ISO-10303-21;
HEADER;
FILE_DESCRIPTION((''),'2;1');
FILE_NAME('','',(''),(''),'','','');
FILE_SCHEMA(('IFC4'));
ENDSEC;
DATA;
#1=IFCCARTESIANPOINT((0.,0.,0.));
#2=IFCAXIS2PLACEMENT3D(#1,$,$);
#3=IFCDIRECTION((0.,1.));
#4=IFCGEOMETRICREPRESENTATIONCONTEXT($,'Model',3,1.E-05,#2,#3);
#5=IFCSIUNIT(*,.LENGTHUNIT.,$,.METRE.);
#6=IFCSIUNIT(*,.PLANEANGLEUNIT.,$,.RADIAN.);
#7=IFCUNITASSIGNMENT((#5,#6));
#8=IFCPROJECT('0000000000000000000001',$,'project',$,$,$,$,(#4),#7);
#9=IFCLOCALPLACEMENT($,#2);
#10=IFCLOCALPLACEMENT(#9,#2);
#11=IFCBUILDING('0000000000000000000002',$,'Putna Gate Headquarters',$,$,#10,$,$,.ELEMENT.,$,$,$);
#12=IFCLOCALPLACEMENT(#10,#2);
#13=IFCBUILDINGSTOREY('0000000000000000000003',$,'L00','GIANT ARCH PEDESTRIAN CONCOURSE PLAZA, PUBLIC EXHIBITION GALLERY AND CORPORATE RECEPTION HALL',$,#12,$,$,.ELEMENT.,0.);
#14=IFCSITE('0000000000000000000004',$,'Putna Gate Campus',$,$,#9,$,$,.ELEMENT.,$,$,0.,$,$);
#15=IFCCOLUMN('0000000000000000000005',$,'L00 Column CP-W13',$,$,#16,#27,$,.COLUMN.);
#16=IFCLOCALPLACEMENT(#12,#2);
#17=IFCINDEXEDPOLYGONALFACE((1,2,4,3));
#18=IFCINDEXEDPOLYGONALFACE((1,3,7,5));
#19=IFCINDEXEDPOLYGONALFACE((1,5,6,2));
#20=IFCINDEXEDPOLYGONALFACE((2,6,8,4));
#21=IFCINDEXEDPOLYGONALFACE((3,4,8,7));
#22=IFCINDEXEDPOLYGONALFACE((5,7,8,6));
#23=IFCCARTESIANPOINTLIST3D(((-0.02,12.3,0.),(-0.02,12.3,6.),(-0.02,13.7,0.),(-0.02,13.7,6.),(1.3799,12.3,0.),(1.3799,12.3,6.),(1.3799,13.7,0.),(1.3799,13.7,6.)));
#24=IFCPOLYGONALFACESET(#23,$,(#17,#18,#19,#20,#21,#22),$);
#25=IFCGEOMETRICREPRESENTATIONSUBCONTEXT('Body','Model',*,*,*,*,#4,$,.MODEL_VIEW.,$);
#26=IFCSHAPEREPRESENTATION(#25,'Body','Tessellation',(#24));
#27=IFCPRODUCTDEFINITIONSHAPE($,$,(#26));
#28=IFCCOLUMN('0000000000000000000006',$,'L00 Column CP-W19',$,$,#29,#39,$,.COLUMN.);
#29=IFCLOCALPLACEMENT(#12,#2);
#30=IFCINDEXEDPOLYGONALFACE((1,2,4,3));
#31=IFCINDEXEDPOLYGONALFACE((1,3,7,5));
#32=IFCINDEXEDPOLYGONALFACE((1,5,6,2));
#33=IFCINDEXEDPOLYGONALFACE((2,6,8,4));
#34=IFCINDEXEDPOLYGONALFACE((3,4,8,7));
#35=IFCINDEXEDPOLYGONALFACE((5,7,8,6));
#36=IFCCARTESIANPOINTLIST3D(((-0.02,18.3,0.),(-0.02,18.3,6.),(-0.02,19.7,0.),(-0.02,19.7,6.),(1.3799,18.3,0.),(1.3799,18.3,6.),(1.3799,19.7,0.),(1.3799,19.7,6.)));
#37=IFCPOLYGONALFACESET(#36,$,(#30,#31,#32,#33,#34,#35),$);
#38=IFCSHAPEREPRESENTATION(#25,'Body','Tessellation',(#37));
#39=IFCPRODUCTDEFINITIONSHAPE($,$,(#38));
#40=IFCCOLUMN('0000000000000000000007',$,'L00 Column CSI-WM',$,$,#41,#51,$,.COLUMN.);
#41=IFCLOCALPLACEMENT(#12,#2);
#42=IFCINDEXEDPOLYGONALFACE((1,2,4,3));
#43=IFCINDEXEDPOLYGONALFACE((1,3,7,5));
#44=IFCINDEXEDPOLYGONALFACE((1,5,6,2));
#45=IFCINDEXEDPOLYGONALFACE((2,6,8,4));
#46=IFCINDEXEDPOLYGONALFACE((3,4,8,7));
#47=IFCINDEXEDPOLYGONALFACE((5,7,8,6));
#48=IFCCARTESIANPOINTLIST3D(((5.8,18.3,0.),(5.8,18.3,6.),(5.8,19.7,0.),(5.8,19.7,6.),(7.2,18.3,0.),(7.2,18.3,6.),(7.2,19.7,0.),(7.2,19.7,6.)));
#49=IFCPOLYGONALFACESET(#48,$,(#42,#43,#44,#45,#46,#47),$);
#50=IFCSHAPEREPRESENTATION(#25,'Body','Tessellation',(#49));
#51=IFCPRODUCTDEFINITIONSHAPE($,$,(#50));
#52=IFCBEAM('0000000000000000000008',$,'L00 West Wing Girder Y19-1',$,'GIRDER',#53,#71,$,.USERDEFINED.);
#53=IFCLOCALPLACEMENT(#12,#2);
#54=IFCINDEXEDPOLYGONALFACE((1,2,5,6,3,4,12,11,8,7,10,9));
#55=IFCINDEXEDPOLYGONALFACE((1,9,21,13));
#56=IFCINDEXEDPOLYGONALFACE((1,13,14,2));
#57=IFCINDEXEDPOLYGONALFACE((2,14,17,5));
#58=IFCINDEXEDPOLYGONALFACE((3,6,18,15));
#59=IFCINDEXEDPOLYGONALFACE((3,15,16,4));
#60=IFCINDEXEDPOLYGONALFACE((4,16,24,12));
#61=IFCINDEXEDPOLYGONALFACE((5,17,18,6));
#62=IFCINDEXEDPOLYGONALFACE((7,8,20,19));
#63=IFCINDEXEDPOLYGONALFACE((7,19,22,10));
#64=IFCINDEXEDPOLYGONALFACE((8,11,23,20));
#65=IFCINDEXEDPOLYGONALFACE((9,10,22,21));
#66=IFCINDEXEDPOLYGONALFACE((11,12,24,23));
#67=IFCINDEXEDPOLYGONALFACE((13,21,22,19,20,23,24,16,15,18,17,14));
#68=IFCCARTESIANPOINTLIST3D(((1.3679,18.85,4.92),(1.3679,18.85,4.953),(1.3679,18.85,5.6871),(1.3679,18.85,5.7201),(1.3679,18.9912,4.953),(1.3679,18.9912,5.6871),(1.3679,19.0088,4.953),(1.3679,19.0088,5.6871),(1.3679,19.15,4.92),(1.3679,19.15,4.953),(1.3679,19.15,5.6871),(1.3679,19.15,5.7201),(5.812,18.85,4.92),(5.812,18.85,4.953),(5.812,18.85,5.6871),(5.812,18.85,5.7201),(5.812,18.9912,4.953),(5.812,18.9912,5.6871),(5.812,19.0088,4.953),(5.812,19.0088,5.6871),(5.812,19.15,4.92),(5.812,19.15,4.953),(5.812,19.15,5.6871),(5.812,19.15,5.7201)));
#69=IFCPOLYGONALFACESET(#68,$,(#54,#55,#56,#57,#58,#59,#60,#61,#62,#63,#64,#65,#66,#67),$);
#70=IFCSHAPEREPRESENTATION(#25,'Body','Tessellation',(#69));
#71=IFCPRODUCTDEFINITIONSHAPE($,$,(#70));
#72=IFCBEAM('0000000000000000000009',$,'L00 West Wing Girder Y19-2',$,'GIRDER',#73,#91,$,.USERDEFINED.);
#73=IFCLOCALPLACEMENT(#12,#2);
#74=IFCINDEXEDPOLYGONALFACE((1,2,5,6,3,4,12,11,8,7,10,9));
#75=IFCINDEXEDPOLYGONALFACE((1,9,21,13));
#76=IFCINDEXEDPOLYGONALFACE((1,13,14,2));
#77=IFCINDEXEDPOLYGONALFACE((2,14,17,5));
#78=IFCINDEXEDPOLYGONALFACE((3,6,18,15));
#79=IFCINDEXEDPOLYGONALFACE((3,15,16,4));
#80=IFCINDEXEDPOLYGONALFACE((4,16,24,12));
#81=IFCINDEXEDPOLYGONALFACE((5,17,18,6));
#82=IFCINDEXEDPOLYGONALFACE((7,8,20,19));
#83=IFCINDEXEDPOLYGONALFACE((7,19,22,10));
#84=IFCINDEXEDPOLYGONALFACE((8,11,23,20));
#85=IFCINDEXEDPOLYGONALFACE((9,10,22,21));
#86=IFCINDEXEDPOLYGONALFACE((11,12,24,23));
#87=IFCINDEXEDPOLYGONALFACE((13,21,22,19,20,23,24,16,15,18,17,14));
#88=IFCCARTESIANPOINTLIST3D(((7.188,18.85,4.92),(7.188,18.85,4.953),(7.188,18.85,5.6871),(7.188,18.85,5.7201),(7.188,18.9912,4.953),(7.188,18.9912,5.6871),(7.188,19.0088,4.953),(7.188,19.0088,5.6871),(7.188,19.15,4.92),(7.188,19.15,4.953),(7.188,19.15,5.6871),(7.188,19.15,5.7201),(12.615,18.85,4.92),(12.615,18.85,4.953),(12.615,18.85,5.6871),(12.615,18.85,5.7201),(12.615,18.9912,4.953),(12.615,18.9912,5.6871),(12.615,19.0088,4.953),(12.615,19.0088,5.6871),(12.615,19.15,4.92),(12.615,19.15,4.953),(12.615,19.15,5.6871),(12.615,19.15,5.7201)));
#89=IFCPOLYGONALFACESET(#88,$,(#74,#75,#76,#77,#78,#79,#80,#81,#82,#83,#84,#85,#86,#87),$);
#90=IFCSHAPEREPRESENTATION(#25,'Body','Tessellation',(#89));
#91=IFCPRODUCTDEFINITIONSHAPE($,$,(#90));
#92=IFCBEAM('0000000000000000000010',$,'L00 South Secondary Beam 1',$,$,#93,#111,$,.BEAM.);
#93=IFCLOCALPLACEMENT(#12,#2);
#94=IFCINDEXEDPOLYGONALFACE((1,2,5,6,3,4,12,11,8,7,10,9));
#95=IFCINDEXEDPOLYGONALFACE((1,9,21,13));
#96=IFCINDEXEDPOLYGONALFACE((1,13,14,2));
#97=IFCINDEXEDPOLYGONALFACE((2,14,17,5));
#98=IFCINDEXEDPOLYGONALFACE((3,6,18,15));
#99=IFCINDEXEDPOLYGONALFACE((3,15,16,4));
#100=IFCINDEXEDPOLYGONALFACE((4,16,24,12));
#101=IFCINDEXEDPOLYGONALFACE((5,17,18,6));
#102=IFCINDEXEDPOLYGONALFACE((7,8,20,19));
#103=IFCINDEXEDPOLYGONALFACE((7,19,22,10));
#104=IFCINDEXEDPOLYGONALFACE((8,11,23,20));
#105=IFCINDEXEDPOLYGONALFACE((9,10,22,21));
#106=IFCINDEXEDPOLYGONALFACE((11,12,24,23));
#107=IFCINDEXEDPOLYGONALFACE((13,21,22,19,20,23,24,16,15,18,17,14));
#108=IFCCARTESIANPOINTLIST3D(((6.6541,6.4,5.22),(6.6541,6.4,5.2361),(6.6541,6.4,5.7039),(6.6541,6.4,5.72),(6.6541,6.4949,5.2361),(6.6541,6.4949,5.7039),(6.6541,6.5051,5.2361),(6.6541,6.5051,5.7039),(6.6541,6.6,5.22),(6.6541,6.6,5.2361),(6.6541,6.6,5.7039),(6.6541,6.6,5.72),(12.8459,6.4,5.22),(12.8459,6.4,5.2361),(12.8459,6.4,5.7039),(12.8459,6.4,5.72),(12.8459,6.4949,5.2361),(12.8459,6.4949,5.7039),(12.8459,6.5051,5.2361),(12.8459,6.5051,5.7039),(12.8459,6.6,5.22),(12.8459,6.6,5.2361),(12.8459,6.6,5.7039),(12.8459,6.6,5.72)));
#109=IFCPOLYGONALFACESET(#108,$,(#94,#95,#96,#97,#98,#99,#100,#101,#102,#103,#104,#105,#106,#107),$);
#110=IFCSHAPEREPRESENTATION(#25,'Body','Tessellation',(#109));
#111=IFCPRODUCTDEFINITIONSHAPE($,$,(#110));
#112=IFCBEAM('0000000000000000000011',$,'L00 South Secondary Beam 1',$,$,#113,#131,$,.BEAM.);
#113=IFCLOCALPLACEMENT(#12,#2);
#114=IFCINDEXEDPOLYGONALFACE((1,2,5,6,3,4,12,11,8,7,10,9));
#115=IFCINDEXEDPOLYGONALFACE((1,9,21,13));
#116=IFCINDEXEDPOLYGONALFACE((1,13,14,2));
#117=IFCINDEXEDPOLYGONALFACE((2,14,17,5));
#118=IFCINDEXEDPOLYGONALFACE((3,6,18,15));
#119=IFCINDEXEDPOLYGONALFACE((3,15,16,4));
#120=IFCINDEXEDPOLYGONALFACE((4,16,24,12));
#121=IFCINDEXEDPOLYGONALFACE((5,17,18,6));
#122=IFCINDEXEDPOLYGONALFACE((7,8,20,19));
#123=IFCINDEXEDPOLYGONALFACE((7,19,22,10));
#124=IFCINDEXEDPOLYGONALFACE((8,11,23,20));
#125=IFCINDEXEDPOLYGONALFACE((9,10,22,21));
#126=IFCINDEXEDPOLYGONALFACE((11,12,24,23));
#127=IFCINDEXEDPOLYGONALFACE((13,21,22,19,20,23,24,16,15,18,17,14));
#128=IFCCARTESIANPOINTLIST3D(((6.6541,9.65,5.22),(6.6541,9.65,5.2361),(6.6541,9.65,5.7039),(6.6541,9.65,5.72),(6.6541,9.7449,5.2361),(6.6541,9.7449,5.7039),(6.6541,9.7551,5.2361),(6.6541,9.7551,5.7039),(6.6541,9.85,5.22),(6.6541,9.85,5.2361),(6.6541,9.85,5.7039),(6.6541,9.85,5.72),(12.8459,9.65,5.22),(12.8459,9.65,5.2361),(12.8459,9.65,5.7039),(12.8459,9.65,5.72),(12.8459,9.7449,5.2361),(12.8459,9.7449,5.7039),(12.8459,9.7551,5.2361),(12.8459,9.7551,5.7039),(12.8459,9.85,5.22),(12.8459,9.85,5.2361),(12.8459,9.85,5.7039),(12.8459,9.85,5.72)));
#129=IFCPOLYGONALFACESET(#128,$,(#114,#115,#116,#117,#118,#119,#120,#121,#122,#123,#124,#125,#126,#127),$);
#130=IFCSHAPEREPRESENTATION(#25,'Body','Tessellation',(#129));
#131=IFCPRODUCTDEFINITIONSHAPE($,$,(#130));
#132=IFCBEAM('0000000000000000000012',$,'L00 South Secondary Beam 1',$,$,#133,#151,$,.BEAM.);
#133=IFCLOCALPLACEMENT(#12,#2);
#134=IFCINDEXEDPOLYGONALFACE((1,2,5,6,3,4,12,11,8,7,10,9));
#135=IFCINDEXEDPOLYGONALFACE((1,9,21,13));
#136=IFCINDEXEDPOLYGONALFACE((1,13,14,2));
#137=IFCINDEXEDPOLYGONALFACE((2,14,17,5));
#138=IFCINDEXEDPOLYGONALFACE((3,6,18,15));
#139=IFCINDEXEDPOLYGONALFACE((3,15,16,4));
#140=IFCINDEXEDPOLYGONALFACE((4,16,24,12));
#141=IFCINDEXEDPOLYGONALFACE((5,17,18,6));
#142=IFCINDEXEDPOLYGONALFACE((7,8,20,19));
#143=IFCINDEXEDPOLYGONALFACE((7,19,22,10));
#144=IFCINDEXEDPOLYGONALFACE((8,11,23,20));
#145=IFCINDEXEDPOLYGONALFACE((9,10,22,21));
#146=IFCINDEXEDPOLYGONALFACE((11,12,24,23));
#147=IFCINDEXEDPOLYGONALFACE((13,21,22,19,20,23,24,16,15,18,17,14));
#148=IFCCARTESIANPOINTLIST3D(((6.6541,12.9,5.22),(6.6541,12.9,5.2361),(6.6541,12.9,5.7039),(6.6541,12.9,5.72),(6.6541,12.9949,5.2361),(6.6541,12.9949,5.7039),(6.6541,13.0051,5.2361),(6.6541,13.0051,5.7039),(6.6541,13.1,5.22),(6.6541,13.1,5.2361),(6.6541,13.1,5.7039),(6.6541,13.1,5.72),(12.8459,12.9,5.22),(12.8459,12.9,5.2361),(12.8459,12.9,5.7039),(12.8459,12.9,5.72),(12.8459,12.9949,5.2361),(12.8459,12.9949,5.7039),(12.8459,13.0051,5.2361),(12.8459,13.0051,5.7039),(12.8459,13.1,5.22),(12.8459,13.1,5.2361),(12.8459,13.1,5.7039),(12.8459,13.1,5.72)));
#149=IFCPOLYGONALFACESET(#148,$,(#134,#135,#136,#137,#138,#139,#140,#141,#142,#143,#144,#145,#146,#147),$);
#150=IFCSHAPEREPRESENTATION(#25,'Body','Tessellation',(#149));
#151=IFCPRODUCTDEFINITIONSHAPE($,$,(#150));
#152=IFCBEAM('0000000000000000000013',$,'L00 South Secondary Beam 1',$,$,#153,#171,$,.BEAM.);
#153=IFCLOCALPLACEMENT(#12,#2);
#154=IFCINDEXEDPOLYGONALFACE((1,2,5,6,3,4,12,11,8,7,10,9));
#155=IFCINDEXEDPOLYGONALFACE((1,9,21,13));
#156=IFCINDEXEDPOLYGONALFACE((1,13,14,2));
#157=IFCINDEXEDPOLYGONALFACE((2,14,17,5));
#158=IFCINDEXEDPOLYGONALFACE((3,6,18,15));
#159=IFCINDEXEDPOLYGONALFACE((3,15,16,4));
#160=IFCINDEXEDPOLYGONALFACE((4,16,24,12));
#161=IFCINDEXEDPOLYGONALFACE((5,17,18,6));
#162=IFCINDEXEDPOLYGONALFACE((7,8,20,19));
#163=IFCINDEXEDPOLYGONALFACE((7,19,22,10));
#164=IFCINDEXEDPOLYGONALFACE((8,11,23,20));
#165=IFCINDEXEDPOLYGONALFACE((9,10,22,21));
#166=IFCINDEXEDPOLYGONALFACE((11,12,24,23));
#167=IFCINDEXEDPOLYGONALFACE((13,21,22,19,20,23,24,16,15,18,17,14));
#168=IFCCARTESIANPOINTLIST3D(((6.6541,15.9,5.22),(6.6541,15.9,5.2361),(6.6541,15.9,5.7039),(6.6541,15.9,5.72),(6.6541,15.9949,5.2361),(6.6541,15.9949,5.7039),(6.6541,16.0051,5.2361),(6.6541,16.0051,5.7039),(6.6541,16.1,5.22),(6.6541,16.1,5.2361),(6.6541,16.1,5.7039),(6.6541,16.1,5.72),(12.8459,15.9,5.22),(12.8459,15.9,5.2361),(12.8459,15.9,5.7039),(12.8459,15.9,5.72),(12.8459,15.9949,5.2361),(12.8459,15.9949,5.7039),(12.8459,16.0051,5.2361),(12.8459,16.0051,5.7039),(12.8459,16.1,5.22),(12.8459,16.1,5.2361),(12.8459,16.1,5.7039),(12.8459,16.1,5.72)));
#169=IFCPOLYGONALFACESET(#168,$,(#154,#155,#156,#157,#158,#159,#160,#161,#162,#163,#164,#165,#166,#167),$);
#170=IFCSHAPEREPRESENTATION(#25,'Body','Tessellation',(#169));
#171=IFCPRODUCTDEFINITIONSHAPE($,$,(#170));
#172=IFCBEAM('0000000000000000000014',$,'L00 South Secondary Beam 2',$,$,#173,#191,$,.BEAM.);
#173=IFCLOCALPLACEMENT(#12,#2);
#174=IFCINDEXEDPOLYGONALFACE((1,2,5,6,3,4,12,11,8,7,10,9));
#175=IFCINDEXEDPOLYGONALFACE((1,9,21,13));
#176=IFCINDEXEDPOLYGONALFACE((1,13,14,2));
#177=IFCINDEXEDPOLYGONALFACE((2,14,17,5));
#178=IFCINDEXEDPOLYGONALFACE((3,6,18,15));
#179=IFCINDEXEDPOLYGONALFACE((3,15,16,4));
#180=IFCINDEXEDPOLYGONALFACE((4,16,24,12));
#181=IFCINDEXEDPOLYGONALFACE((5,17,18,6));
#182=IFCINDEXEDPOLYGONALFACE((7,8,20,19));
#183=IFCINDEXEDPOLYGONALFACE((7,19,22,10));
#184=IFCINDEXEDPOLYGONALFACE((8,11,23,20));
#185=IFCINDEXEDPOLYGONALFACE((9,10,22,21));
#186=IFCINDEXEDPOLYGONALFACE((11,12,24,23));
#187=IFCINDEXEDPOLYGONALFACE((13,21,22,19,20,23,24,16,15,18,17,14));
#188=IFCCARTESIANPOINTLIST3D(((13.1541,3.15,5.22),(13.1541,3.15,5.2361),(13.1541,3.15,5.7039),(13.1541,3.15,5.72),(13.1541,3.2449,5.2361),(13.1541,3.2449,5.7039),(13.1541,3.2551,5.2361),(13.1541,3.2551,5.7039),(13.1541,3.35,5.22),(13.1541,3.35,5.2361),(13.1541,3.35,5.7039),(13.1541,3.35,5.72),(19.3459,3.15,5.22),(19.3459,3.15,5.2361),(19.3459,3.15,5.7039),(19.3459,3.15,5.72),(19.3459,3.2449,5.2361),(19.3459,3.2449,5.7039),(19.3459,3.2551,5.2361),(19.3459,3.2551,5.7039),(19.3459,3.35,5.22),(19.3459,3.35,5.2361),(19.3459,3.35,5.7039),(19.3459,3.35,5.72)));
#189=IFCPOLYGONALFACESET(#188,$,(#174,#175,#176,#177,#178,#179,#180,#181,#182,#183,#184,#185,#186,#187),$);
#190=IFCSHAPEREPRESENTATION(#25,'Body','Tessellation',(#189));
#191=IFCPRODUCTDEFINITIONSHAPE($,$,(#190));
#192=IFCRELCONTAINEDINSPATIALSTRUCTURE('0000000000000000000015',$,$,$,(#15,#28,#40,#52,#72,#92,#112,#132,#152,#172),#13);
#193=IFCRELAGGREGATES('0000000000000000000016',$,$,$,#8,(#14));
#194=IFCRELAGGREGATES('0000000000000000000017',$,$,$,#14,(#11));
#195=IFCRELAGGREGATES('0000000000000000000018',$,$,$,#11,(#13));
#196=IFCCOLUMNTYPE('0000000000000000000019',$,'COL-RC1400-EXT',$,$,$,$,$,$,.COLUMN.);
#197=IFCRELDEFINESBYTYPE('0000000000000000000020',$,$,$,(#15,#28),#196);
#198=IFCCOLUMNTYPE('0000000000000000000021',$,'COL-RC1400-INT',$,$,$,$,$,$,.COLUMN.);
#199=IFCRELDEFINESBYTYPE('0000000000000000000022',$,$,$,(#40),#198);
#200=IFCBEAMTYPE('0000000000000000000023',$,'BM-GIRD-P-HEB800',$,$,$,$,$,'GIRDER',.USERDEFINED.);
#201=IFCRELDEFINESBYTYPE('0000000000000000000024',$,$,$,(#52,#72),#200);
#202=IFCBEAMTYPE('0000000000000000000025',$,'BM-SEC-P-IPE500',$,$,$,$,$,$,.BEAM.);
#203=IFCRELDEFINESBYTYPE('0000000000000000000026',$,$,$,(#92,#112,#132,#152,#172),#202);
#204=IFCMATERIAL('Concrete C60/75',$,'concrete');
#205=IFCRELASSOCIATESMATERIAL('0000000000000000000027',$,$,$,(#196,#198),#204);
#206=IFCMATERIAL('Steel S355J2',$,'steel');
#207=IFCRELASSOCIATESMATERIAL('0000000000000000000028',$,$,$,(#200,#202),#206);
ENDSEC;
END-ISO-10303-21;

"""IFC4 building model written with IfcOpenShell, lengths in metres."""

from ifc_helpers import new_model, si_unit, direction, frame, origin, origin_2d, place, context, subcontext, project, spatial, rectangle, i_section, extrude, material, material_profile, profile_set, type_object, element, save


model = new_model("IFC4")

# Units and contexts
model_context = context("Model", 3, precision=1e-05, world=origin(), true_north=direction((0.0, 1.0)))
body_context = subcontext(model_context, "Body", "Model", "MODEL_VIEW")
ifc_project = project(units=[si_unit("LENGTHUNIT", "METRE"), si_unit("PLANEANGLEUNIT", "RADIAN")], contexts=[model_context])

# Site, building, storey
site_placement = place(None, origin())
site = spatial("IfcSite", under=ifc_project, at=site_placement, Name="Putna Gate Campus", CompositionType="ELEMENT", RefElevation=0.0)
building_placement = place(site_placement, origin())
building = spatial("IfcBuilding", under=site, at=building_placement, Name="Putna Gate Headquarters", CompositionType="ELEMENT")
storey_placement = place(building_placement, origin())
storey = spatial("IfcBuildingStorey", under=building, at=storey_placement, Name="L00", Description="GIANT ARCH PEDESTRIAN CONCOURSE PLAZA, PUBLIC EXHIBITION GALLERY AND CORPORATE RECEPTION HALL", CompositionType="ELEMENT", Elevation=0.0)

# Columns
ifc_material_1 = material(Name="Concrete C60/75", Category="concrete")
ifc_material_profile_1 = material_profile(ifc_material_1, rectangle(XDim=1.3999, YDim=1.3999, at=origin_2d()), Name="Concrete C60/75")
ifc_profile_set_1 = profile_set([ifc_material_profile_1], Name="Concrete C60/75")
column_type_1 = type_object("IfcColumnType", Name="COL-RC1400-EXT", PredefinedType="COLUMN", material=ifc_profile_set_1)
for number, where, z_axis, x_axis, name in (
    (1, (0.6799, 13.0, 0.0), (0.0, 0.0, 1.0), (1.0, 0.0, 0.0), "L00 Column CP-W13"),
    (2, (0.6799, 19.0, 0.0), (0.0, 0.0, 1.0), (1.0, 0.0, 0.0), "L00 Column CP-W19"),
):
    element("IfcColumn", number, at=place(storey_placement, frame(where, z_axis=z_axis, x_axis=x_axis)), inside=storey, type_object=column_type_1, Name=name, PredefinedType="COLUMN", context=body_context, shape_type="SweptSolid", body=[
        extrude(rectangle(XDim=1.3999, YDim=1.3999, at=origin_2d()), origin(), (0.0, 0.0, 1.0), 6.0),
    ])
ifc_material_profile_2 = material_profile(ifc_material_1, rectangle(XDim=1.3999, YDim=1.3999, at=origin_2d()), Name="Concrete C60/75")
ifc_profile_set_2 = profile_set([ifc_material_profile_2], Name="Concrete C60/75")
column_type_2 = type_object("IfcColumnType", Name="COL-RC1400-INT", PredefinedType="COLUMN", material=ifc_profile_set_2)
column_placement = place(storey_placement, frame((6.5, 19.0, 0.0), z_axis=(0.0, 0.0, 1.0), x_axis=(1.0, 0.0, 0.0)))
element("IfcColumn", 3, at=column_placement, inside=storey, type_object=column_type_2, Name="L00 Column CSI-WM", PredefinedType="COLUMN", context=body_context, shape_type="SweptSolid", body=[
    extrude(rectangle(XDim=1.3999, YDim=1.3999, at=origin_2d()), origin(), (0.0, 0.0, 1.0), 6.0),
])

# Beams
ifc_material_2 = material(Name="Steel S355J2", Category="steel")
ifc_material_profile_3 = material_profile(ifc_material_2, i_section(OverallWidth=0.3, OverallDepth=0.8, WebThickness=0.0176, FlangeThickness=0.033, at=origin_2d()), Name="Steel S355J2")
ifc_profile_set_3 = profile_set([ifc_material_profile_3], Name="Steel S355J2")
beam_type_1 = type_object("IfcBeamType", Name="BM-GIRD-P-HEB800", ElementType="GIRDER", PredefinedType="USERDEFINED", material=ifc_profile_set_3)
beam_1_placement = place(storey_placement, frame((1.3679, 19.0, 5.3201), z_axis=(1.0, 0.0, 0.0), x_axis=(0.0, 1.0, 0.0)))
element("IfcBeam", 4, at=beam_1_placement, inside=storey, type_object=beam_type_1, Name="L00 West Wing Girder Y19-1", ObjectType="GIRDER", PredefinedType="USERDEFINED", context=body_context, shape_type="SweptSolid", body=[
    extrude(i_section(OverallWidth=0.3, OverallDepth=0.8, WebThickness=0.0176, FlangeThickness=0.033, at=origin_2d()), origin(), (0.0, 0.0, 1.0), 4.4441),
])
beam_2_placement = place(storey_placement, frame((7.188, 19.0, 5.3201), z_axis=(1.0, 0.0, 0.0), x_axis=(0.0, 1.0, 0.0)))
element("IfcBeam", 5, at=beam_2_placement, inside=storey, type_object=beam_type_1, Name="L00 West Wing Girder Y19-2", ObjectType="GIRDER", PredefinedType="USERDEFINED", context=body_context, shape_type="SweptSolid", body=[
    extrude(i_section(OverallWidth=0.3, OverallDepth=0.8, WebThickness=0.0176, FlangeThickness=0.033, at=origin_2d()), origin(), (0.0, 0.0, 1.0), 5.427),
])
ifc_material_profile_4 = material_profile(ifc_material_2, i_section(OverallWidth=0.2, OverallDepth=0.5, WebThickness=0.0103, FlangeThickness=0.0161, at=origin_2d()), Name="Steel S355J2")
ifc_profile_set_4 = profile_set([ifc_material_profile_4], Name="Steel S355J2")
beam_type_2 = type_object("IfcBeamType", Name="BM-SEC-P-IPE500", PredefinedType="BEAM", material=ifc_profile_set_4)
for number, where, z_axis, x_axis, name in (
    (6, (6.6541, 6.5, 5.47), (1.0, 0.0, 0.0), (0.0, 1.0, 0.0), "L00 South Secondary Beam 1"),
    (7, (6.6541, 9.75, 5.47), (1.0, 0.0, 0.0), (0.0, 1.0, 0.0), "L00 South Secondary Beam 1"),
    (8, (6.6541, 13.0, 5.47), (1.0, 0.0, 0.0), (0.0, 1.0, 0.0), "L00 South Secondary Beam 1"),
    (9, (6.6541, 16.0, 5.47), (1.0, 0.0, 0.0), (0.0, 1.0, 0.0), "L00 South Secondary Beam 1"),
    (10, (13.1541, 3.25, 5.47), (1.0, 0.0, 0.0), (0.0, 1.0, 0.0), "L00 South Secondary Beam 2"),
):
    element("IfcBeam", number, at=place(storey_placement, frame(where, z_axis=z_axis, x_axis=x_axis)), inside=storey, type_object=beam_type_2, Name=name, PredefinedType="BEAM", context=body_context, shape_type="SweptSolid", body=[
        extrude(i_section(OverallWidth=0.2, OverallDepth=0.5, WebThickness=0.0103, FlangeThickness=0.0161, at=origin_2d()), origin(), (0.0, 0.0, 1.0), 6.1919),
    ])

save(model, "model.ifc")
